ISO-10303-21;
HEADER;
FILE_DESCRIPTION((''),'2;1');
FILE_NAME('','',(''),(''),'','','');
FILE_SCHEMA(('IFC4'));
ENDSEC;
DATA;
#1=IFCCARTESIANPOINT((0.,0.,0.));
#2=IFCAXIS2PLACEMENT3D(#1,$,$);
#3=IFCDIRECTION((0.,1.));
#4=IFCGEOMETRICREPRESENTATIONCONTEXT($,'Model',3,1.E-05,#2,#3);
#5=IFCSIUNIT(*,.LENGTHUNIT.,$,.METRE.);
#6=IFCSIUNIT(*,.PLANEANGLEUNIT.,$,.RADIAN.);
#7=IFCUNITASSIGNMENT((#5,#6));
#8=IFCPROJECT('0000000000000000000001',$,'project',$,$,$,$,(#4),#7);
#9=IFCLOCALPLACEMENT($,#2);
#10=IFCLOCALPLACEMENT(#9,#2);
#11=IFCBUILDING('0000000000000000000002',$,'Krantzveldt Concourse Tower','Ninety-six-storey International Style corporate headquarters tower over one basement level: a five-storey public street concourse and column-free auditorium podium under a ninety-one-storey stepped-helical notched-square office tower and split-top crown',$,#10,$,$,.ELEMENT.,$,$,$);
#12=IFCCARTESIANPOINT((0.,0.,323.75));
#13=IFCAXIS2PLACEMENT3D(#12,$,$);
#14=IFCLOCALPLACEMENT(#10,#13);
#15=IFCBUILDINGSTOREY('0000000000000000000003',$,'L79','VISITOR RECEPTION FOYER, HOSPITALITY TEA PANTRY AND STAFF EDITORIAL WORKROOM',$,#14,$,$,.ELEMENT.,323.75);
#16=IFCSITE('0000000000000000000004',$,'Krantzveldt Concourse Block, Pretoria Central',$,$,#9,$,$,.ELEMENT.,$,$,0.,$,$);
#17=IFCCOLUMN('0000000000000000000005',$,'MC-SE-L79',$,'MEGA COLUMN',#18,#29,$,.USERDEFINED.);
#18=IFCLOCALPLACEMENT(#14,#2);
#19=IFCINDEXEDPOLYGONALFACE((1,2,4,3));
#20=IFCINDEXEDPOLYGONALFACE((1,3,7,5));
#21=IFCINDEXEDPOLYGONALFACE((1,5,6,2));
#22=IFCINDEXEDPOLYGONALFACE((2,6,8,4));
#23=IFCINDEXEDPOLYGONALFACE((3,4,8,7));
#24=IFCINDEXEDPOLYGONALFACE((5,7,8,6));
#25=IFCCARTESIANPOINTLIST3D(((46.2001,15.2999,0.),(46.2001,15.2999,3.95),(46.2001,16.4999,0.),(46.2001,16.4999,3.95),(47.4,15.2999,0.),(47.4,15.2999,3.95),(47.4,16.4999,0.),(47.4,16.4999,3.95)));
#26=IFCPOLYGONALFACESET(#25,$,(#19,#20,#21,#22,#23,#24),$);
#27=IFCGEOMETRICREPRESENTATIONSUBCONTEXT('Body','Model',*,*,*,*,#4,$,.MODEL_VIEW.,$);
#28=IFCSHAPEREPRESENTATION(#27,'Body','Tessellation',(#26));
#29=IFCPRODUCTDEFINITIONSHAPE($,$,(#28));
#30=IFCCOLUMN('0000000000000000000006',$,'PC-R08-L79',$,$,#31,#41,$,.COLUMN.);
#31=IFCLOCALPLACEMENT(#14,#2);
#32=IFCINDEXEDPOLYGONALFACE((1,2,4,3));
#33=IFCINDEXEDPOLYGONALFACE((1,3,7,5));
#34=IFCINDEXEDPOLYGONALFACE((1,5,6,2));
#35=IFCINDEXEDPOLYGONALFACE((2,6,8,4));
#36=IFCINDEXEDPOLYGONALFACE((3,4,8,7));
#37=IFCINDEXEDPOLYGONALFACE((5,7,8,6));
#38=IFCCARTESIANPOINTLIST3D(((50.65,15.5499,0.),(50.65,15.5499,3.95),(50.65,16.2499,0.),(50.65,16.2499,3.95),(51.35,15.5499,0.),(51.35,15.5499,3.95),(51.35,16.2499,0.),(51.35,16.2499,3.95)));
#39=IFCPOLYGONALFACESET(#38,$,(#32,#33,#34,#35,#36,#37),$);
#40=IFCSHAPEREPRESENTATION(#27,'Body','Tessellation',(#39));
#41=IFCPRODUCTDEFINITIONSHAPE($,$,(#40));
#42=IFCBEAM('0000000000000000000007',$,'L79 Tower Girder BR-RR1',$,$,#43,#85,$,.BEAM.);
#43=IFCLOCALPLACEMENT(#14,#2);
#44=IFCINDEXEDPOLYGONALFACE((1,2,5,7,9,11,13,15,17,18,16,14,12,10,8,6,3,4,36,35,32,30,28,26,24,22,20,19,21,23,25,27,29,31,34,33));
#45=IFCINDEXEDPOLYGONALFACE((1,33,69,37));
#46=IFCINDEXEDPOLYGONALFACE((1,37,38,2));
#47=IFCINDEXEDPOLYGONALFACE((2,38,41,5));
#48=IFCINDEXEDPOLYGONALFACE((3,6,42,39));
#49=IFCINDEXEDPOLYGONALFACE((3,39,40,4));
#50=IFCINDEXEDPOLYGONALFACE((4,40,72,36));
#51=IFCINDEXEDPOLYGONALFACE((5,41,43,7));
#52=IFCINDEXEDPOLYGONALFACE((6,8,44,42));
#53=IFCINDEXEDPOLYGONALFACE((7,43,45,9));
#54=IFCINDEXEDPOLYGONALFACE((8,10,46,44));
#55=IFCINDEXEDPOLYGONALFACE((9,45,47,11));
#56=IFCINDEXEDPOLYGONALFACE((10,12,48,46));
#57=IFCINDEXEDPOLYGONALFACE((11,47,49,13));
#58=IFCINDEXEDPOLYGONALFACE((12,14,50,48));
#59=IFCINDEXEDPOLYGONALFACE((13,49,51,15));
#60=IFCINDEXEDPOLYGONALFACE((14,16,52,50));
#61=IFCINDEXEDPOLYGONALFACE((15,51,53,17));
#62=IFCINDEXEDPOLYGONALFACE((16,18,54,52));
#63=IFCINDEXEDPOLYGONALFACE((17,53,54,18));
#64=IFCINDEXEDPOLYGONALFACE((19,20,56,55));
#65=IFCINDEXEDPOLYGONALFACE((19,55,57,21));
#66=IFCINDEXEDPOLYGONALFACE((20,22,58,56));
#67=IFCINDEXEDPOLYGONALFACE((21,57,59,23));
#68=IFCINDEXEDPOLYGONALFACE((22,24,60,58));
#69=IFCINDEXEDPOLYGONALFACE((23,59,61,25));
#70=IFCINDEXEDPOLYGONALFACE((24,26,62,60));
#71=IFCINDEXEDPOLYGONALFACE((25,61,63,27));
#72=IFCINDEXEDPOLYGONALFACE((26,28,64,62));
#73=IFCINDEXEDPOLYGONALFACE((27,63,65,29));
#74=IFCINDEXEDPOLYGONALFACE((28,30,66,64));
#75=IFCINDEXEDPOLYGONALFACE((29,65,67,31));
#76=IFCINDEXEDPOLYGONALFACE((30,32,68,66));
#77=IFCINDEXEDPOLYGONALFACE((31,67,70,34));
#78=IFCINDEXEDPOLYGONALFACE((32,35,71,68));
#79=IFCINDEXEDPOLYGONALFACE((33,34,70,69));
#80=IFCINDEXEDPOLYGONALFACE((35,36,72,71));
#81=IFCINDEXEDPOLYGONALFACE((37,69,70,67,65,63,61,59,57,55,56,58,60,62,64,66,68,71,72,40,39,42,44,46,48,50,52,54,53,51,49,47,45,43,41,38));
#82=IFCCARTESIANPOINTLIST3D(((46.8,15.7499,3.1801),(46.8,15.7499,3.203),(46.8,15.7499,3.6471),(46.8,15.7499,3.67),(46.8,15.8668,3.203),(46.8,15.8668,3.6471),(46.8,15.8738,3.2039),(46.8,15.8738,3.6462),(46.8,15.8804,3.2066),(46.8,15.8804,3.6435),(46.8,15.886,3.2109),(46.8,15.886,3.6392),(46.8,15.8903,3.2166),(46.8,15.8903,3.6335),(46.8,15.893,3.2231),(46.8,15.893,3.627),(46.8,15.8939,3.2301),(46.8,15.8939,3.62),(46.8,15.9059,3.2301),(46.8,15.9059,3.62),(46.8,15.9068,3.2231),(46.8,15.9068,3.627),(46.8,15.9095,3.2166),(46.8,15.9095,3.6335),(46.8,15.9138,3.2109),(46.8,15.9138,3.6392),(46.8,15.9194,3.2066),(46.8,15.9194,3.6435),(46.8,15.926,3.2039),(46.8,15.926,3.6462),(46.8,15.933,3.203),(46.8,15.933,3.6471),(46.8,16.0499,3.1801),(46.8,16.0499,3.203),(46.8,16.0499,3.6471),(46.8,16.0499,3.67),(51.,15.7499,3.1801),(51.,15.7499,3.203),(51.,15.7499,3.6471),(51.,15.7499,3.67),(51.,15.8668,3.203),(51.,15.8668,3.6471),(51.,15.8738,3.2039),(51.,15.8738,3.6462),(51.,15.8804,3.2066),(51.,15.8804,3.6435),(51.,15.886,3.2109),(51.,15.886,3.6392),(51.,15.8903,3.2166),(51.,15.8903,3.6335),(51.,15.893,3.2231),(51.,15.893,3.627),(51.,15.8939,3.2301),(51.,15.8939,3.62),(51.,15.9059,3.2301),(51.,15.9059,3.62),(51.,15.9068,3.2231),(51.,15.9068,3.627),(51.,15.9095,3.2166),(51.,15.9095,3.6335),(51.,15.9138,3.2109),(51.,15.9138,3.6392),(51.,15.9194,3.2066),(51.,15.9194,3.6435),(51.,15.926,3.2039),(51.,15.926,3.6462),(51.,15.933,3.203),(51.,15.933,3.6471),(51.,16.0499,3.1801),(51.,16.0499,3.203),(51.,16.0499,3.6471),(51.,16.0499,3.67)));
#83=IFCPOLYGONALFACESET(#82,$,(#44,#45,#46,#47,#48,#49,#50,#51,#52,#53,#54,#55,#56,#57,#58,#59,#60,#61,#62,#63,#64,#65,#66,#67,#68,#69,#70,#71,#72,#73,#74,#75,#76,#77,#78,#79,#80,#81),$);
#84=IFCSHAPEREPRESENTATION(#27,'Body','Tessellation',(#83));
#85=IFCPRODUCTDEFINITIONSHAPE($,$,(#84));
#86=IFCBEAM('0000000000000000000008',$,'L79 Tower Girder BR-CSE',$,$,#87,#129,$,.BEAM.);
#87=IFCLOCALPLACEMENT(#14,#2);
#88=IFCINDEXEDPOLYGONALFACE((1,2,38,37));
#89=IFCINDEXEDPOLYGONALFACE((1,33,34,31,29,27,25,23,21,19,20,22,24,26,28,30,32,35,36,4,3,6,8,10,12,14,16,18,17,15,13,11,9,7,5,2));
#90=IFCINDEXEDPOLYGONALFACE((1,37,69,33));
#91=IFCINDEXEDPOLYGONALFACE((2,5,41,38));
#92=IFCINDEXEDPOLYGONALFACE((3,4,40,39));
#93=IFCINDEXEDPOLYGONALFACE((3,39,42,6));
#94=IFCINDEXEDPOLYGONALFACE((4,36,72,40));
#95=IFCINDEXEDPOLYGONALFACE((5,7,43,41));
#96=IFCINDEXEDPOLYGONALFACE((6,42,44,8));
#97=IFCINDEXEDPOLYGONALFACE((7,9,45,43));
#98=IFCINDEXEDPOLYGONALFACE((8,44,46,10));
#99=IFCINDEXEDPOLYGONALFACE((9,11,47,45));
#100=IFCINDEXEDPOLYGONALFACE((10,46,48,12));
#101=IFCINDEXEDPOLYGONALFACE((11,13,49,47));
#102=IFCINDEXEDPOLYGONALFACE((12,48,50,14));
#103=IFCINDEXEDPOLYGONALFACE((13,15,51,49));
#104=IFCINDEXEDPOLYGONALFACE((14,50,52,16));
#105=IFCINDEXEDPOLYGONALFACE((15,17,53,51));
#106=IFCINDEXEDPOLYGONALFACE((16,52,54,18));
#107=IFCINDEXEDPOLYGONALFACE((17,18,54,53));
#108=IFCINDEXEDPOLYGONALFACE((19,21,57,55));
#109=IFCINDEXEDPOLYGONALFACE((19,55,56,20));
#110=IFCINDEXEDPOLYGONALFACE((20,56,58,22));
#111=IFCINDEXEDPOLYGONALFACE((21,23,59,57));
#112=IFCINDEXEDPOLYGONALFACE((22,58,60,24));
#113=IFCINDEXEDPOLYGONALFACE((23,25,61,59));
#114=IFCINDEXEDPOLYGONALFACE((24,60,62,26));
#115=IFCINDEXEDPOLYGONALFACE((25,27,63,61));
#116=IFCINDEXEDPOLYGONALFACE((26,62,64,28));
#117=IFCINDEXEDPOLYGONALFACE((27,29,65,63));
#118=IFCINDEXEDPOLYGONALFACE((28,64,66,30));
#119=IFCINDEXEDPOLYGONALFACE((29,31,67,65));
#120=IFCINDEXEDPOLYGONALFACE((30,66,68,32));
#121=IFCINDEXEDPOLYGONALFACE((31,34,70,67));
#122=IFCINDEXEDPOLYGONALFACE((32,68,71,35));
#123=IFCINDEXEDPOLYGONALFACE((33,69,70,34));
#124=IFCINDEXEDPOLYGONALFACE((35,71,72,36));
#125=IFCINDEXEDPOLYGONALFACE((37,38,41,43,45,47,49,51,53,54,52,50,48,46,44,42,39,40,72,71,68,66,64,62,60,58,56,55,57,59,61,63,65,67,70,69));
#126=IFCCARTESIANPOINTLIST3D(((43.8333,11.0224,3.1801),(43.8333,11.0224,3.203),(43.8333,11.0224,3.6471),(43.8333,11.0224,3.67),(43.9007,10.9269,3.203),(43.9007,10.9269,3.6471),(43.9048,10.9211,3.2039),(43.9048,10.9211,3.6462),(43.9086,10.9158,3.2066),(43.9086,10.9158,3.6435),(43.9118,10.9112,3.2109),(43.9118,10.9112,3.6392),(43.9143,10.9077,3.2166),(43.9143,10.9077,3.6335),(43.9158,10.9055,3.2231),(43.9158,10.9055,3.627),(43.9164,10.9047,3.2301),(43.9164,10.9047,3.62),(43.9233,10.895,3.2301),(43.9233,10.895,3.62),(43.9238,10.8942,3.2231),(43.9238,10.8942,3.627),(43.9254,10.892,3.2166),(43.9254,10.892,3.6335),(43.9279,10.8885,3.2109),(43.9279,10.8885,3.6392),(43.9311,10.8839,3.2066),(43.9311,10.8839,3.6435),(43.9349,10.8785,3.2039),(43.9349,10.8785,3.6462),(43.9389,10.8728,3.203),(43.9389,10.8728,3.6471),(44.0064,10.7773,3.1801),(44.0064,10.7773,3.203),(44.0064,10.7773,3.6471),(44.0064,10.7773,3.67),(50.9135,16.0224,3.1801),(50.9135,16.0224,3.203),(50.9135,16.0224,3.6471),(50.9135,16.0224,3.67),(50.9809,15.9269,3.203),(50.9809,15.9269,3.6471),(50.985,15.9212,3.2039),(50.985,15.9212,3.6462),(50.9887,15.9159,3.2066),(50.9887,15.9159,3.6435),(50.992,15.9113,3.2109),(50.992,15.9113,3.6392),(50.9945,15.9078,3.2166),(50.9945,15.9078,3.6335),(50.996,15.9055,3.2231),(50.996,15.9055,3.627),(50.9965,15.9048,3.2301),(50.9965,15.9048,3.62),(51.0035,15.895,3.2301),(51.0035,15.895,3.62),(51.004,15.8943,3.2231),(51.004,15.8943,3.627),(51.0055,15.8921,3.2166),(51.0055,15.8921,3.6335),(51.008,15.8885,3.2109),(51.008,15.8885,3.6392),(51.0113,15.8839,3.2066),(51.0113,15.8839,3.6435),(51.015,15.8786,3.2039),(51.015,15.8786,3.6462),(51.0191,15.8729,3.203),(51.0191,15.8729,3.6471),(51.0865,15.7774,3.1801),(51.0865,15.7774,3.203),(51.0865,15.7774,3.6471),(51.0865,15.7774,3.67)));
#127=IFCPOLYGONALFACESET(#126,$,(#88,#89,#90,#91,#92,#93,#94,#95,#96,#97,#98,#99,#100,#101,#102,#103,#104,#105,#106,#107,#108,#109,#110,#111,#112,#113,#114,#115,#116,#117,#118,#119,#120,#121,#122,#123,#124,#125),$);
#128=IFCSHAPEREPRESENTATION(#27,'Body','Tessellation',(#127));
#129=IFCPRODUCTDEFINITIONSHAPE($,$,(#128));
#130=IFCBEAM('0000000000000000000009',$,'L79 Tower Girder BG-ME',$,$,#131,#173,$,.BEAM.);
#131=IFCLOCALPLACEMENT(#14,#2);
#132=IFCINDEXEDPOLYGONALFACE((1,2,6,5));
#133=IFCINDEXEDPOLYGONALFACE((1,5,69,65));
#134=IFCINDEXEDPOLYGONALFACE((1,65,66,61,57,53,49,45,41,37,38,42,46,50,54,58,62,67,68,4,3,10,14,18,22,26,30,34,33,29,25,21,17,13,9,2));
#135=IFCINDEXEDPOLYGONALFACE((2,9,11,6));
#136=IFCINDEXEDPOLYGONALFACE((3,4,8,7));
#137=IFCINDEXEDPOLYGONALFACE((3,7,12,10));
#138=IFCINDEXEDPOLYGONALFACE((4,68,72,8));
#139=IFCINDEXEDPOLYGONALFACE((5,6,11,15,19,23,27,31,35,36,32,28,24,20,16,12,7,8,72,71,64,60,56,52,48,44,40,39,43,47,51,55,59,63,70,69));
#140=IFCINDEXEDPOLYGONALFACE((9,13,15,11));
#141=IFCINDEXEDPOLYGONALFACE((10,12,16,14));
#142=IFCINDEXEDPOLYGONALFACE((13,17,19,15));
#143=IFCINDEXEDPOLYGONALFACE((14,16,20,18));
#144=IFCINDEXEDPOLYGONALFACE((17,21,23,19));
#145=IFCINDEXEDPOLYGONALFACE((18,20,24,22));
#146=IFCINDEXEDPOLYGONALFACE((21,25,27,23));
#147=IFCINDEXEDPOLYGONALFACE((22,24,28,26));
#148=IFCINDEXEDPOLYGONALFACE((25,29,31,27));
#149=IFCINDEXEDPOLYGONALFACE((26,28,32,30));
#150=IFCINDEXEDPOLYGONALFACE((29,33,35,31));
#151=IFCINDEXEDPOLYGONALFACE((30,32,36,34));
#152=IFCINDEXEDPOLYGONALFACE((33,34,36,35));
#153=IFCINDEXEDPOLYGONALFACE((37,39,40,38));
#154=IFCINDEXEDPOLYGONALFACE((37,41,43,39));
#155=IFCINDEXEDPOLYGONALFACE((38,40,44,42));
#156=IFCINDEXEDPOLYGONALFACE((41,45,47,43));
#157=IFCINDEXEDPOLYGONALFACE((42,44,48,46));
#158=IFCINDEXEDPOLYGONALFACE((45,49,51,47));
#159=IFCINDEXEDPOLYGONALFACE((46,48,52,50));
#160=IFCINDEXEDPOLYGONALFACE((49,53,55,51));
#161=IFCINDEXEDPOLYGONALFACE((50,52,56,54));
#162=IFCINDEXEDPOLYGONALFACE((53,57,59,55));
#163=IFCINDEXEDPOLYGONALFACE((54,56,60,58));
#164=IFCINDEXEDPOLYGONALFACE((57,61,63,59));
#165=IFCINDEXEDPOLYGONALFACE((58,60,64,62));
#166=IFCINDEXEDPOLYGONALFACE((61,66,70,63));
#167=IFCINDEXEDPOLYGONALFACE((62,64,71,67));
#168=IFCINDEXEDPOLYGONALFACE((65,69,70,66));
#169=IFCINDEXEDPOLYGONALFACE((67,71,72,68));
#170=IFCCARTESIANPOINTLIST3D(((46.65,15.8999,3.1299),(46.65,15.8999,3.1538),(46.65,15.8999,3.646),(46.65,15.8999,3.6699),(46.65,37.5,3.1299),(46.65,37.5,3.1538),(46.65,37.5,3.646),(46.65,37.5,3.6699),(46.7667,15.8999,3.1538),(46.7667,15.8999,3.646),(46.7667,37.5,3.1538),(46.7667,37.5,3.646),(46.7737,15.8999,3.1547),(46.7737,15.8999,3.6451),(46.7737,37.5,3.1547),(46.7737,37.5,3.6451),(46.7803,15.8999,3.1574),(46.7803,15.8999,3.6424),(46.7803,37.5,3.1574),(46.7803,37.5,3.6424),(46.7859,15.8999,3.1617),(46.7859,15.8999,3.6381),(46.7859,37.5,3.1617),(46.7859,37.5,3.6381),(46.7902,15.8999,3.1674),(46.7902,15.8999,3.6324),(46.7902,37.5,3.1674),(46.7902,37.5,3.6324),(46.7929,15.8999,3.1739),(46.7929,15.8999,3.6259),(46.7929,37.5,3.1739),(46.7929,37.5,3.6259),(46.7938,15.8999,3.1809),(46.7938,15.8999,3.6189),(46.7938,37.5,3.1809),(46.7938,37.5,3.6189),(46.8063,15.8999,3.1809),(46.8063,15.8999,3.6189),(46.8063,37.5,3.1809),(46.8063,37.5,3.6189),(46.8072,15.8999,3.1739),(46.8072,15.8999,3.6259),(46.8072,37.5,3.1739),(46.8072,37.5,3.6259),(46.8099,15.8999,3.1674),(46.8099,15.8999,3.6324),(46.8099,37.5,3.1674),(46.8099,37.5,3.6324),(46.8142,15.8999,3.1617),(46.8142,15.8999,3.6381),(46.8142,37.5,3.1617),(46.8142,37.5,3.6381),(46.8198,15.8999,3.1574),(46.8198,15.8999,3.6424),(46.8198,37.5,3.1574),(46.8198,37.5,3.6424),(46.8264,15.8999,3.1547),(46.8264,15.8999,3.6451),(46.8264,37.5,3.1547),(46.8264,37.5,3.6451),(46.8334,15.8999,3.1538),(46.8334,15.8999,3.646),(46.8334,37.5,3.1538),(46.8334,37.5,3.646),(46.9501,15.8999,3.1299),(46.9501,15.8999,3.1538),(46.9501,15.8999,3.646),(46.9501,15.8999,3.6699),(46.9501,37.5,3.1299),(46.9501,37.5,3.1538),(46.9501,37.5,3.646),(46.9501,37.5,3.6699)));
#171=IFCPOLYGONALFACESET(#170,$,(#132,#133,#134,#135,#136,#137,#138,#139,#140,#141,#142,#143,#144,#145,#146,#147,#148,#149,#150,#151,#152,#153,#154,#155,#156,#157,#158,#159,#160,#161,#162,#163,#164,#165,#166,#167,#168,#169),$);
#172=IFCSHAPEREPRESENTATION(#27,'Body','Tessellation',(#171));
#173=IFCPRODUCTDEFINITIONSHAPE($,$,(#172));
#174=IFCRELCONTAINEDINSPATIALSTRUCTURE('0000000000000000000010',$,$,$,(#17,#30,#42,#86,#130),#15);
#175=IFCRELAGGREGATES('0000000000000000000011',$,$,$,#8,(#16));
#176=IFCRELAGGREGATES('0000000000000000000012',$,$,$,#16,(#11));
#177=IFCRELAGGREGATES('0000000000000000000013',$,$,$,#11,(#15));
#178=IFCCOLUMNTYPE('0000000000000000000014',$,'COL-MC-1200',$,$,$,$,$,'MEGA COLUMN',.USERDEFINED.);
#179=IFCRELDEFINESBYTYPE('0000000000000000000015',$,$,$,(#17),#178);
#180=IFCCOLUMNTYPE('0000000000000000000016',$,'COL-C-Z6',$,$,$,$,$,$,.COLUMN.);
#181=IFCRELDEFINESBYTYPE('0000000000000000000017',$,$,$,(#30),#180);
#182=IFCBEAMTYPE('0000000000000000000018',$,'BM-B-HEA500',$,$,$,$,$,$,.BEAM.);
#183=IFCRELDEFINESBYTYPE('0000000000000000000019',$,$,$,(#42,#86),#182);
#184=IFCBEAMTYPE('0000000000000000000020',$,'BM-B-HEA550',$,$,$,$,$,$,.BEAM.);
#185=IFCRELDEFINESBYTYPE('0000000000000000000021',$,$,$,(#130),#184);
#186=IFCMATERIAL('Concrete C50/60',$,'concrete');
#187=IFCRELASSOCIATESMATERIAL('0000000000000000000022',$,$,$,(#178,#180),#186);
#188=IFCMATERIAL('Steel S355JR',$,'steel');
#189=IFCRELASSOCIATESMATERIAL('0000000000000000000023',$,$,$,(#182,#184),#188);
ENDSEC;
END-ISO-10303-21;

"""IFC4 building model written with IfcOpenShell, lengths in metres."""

from ifc_helpers import new_model, si_unit, direction, frame, origin, origin_2d, place, context, subcontext, project, spatial, rectangle, i_section, extrude, source, transform, mapped, material, material_profile, profile_set, type_object, type_shapes, element, save


model = new_model("IFC4")

# Units and contexts
model_context = context("Model", 3, precision=1e-05, world=origin(), true_north=direction((0.0, 1.0)))
body_context = subcontext(model_context, "Body", "Model", "MODEL_VIEW")
ifc_project = project(units=[si_unit("LENGTHUNIT", "METRE"), si_unit("PLANEANGLEUNIT", "RADIAN")], contexts=[model_context])

# Site, building, storey
site_placement = place(None, origin())
site = spatial("IfcSite", under=ifc_project, at=site_placement, Name="Krantzveldt Concourse Block, Pretoria Central", CompositionType="ELEMENT", RefElevation=0.0)
building_placement = place(site_placement, origin())
building = spatial("IfcBuilding", under=site, at=building_placement, Name="Krantzveldt Concourse Tower", Description="Ninety-six-storey International Style corporate headquarters tower over one basement level: a five-storey public street concourse and column-free auditorium podium under a ninety-one-storey stepped-helical notched-square office tower and split-top crown", CompositionType="ELEMENT")
storey_placement = place(building_placement, frame((0.0, 0.0, 323.75)))
storey = spatial("IfcBuildingStorey", under=building, at=storey_placement, Name="L79", Description="VISITOR RECEPTION FOYER, HOSPITALITY TEA PANTRY AND STAFF EDITORIAL WORKROOM", CompositionType="ELEMENT", Elevation=323.75)

# Columns
ifc_material_1 = material(Name="Concrete C50/60", Category="concrete")
ifc_material_profile_1 = material_profile(ifc_material_1, rectangle(XDim=1.2, YDim=1.2, at=origin_2d()), Name="Concrete C50/60", Category="concrete")
ifc_profile_set_1 = profile_set([ifc_material_profile_1], Name="Concrete C50/60 - RC 1200x1200")
column_type_1 = type_object("IfcColumnType", Name="COL-MC-1200", ElementType="MEGA COLUMN", PredefinedType="USERDEFINED", material=ifc_profile_set_1)
shared_shape_1 = source(origin(), body_context, "Body", "SweptSolid", [
    extrude(rectangle(XDim=1.2, YDim=1.2, at=origin_2d()), origin(), (0.0, 0.0, 1.0), 3.95),
])
type_shapes(column_type_1, [shared_shape_1])
column_1_placement = place(storey_placement, frame((46.8, 15.8999, 0.0), z_axis=(0.0, 0.0, 1.0), x_axis=(1.0, 0.0, 0.0)))
element("IfcColumn", 1, at=column_1_placement, inside=storey, type_object=column_type_1, Name="MC-SE-L79", ObjectType="MEGA COLUMN", PredefinedType="USERDEFINED", context=body_context, shape_type="MappedRepresentation", body=[
    mapped(shared_shape_1, transform((0.0, 0.0, 0.0), x_axis=(1.0, 0.0, 0.0), y_axis=(0.0, 1.0, 0.0), z_axis=(0.0, 0.0, 1.0), scale=1.0)),
])
ifc_material_profile_2 = material_profile(ifc_material_1, rectangle(XDim=0.7, YDim=0.7, at=origin_2d()), Name="Concrete C50/60", Category="concrete")
ifc_profile_set_2 = profile_set([ifc_material_profile_2], Name="Concrete C50/60 - RC 700x700")
column_type_2 = type_object("IfcColumnType", Name="COL-C-Z6", PredefinedType="COLUMN", material=ifc_profile_set_2)
shared_shape_2 = source(origin(), body_context, "Body", "SweptSolid", [
    extrude(rectangle(XDim=0.7, YDim=0.7, at=origin_2d()), origin(), (0.0, 0.0, 1.0), 3.95),
])
type_shapes(column_type_2, [shared_shape_2])
column_2_placement = place(storey_placement, frame((51.0, 15.8999, 0.0), z_axis=(0.0, 0.0, 1.0), x_axis=(1.0, 0.0, 0.0)))
element("IfcColumn", 2, at=column_2_placement, inside=storey, type_object=column_type_2, Name="PC-R08-L79", PredefinedType="COLUMN", context=body_context, shape_type="MappedRepresentation", body=[
    mapped(shared_shape_2, transform((0.0, 0.0, 0.0), x_axis=(1.0, 0.0, 0.0), y_axis=(0.0, 1.0, 0.0), z_axis=(0.0, 0.0, 1.0), scale=1.0)),
])

# Beams
ifc_material_2 = material(Name="Steel S355JR", Category="steel")
ifc_material_profile_3 = material_profile(ifc_material_2, i_section(OverallWidth=0.3, OverallDepth=0.49, WebThickness=0.012, FlangeThickness=0.0229, FilletRadius=0.0271, at=origin_2d()), Name="Steel S355JR", Category="steel")
ifc_profile_set_3 = profile_set([ifc_material_profile_3], Name="Steel S355JR - HEA 500")
beam_type_1 = type_object("IfcBeamType", Name="BM-B-HEA500", PredefinedType="BEAM", material=ifc_profile_set_3)
shared_shape_3 = source(origin(), body_context, "Body", "SweptSolid", [
    extrude(i_section(OverallWidth=0.3, OverallDepth=0.49, WebThickness=0.012, FlangeThickness=0.0229, FilletRadius=0.0271, at=origin_2d()), origin(), (0.0, 0.0, 1.0), 4.2),
])
beam_1_placement = place(storey_placement, frame((46.8, 15.8999, 3.425), z_axis=(1.0, 0.0, 0.0), x_axis=(0.0, 1.0, 0.0)))
element("IfcBeam", 3, at=beam_1_placement, inside=storey, type_object=beam_type_1, Name="L79 Tower Girder BR-RR1", PredefinedType="BEAM", context=body_context, shape_type="MappedRepresentation", body=[
    mapped(shared_shape_3, transform((0.0, 0.0, 0.0), x_axis=(1.0, 0.0, 0.0), y_axis=(0.0, 1.0, 0.0), z_axis=(0.0, 0.0, 1.0), scale=1.0)),
])
shared_shape_4 = source(origin(), body_context, "Body", "SweptSolid", [
    extrude(i_section(OverallWidth=0.3, OverallDepth=0.49, WebThickness=0.012, FlangeThickness=0.0229, FilletRadius=0.0271, at=origin_2d()), origin(), (0.0, 0.0, 1.0), 8.6677),
])
type_shapes(beam_type_1, [shared_shape_3, shared_shape_4])
beam_2_placement = place(storey_placement, frame((51.0, 15.8999, 3.425), z_axis=(-0.816843, -0.57686, 0.0), x_axis=(0.57686, -0.816843, 0.0)))
element("IfcBeam", 4, at=beam_2_placement, inside=storey, type_object=beam_type_1, Name="L79 Tower Girder BR-CSE", PredefinedType="BEAM", context=body_context, shape_type="MappedRepresentation", body=[
    mapped(shared_shape_4, transform((0.0, 0.0, 0.0), x_axis=(1.0, 0.0, 0.0), y_axis=(0.0, 1.0, 0.0), z_axis=(0.0, 0.0, 1.0), scale=1.0)),
])
ifc_material_profile_4 = material_profile(ifc_material_2, i_section(OverallWidth=0.3, OverallDepth=0.54, WebThickness=0.0125, FlangeThickness=0.0239, FilletRadius=0.0271, at=origin_2d()), Name="Steel S355JR", Category="steel")
ifc_profile_set_4 = profile_set([ifc_material_profile_4], Name="Steel S355JR - HEA 550")
beam_type_2 = type_object("IfcBeamType", Name="BM-B-HEA550", PredefinedType="BEAM", material=ifc_profile_set_4)
shared_shape_5 = source(origin(), body_context, "Body", "SweptSolid", [
    extrude(i_section(OverallWidth=0.3, OverallDepth=0.54, WebThickness=0.0125, FlangeThickness=0.0239, FilletRadius=0.0271, at=origin_2d()), origin(), (0.0, 0.0, 1.0), 21.6001),
])
beam_3_placement = place(storey_placement, frame((46.8, 15.8999, 3.3999), z_axis=(0.0, 1.0, 0.0), x_axis=(-1.0, 0.0, 0.0)))
element("IfcBeam", 5, at=beam_3_placement, inside=storey, type_object=beam_type_2, Name="L79 Tower Girder BG-ME", PredefinedType="BEAM", context=body_context, shape_type="MappedRepresentation", body=[
    mapped(shared_shape_5, transform((0.0, 0.0, 0.0), x_axis=(1.0, 0.0, 0.0), y_axis=(0.0, 1.0, 0.0), z_axis=(0.0, 0.0, 1.0), scale=1.0)),
])

save(model, "model.ifc")
